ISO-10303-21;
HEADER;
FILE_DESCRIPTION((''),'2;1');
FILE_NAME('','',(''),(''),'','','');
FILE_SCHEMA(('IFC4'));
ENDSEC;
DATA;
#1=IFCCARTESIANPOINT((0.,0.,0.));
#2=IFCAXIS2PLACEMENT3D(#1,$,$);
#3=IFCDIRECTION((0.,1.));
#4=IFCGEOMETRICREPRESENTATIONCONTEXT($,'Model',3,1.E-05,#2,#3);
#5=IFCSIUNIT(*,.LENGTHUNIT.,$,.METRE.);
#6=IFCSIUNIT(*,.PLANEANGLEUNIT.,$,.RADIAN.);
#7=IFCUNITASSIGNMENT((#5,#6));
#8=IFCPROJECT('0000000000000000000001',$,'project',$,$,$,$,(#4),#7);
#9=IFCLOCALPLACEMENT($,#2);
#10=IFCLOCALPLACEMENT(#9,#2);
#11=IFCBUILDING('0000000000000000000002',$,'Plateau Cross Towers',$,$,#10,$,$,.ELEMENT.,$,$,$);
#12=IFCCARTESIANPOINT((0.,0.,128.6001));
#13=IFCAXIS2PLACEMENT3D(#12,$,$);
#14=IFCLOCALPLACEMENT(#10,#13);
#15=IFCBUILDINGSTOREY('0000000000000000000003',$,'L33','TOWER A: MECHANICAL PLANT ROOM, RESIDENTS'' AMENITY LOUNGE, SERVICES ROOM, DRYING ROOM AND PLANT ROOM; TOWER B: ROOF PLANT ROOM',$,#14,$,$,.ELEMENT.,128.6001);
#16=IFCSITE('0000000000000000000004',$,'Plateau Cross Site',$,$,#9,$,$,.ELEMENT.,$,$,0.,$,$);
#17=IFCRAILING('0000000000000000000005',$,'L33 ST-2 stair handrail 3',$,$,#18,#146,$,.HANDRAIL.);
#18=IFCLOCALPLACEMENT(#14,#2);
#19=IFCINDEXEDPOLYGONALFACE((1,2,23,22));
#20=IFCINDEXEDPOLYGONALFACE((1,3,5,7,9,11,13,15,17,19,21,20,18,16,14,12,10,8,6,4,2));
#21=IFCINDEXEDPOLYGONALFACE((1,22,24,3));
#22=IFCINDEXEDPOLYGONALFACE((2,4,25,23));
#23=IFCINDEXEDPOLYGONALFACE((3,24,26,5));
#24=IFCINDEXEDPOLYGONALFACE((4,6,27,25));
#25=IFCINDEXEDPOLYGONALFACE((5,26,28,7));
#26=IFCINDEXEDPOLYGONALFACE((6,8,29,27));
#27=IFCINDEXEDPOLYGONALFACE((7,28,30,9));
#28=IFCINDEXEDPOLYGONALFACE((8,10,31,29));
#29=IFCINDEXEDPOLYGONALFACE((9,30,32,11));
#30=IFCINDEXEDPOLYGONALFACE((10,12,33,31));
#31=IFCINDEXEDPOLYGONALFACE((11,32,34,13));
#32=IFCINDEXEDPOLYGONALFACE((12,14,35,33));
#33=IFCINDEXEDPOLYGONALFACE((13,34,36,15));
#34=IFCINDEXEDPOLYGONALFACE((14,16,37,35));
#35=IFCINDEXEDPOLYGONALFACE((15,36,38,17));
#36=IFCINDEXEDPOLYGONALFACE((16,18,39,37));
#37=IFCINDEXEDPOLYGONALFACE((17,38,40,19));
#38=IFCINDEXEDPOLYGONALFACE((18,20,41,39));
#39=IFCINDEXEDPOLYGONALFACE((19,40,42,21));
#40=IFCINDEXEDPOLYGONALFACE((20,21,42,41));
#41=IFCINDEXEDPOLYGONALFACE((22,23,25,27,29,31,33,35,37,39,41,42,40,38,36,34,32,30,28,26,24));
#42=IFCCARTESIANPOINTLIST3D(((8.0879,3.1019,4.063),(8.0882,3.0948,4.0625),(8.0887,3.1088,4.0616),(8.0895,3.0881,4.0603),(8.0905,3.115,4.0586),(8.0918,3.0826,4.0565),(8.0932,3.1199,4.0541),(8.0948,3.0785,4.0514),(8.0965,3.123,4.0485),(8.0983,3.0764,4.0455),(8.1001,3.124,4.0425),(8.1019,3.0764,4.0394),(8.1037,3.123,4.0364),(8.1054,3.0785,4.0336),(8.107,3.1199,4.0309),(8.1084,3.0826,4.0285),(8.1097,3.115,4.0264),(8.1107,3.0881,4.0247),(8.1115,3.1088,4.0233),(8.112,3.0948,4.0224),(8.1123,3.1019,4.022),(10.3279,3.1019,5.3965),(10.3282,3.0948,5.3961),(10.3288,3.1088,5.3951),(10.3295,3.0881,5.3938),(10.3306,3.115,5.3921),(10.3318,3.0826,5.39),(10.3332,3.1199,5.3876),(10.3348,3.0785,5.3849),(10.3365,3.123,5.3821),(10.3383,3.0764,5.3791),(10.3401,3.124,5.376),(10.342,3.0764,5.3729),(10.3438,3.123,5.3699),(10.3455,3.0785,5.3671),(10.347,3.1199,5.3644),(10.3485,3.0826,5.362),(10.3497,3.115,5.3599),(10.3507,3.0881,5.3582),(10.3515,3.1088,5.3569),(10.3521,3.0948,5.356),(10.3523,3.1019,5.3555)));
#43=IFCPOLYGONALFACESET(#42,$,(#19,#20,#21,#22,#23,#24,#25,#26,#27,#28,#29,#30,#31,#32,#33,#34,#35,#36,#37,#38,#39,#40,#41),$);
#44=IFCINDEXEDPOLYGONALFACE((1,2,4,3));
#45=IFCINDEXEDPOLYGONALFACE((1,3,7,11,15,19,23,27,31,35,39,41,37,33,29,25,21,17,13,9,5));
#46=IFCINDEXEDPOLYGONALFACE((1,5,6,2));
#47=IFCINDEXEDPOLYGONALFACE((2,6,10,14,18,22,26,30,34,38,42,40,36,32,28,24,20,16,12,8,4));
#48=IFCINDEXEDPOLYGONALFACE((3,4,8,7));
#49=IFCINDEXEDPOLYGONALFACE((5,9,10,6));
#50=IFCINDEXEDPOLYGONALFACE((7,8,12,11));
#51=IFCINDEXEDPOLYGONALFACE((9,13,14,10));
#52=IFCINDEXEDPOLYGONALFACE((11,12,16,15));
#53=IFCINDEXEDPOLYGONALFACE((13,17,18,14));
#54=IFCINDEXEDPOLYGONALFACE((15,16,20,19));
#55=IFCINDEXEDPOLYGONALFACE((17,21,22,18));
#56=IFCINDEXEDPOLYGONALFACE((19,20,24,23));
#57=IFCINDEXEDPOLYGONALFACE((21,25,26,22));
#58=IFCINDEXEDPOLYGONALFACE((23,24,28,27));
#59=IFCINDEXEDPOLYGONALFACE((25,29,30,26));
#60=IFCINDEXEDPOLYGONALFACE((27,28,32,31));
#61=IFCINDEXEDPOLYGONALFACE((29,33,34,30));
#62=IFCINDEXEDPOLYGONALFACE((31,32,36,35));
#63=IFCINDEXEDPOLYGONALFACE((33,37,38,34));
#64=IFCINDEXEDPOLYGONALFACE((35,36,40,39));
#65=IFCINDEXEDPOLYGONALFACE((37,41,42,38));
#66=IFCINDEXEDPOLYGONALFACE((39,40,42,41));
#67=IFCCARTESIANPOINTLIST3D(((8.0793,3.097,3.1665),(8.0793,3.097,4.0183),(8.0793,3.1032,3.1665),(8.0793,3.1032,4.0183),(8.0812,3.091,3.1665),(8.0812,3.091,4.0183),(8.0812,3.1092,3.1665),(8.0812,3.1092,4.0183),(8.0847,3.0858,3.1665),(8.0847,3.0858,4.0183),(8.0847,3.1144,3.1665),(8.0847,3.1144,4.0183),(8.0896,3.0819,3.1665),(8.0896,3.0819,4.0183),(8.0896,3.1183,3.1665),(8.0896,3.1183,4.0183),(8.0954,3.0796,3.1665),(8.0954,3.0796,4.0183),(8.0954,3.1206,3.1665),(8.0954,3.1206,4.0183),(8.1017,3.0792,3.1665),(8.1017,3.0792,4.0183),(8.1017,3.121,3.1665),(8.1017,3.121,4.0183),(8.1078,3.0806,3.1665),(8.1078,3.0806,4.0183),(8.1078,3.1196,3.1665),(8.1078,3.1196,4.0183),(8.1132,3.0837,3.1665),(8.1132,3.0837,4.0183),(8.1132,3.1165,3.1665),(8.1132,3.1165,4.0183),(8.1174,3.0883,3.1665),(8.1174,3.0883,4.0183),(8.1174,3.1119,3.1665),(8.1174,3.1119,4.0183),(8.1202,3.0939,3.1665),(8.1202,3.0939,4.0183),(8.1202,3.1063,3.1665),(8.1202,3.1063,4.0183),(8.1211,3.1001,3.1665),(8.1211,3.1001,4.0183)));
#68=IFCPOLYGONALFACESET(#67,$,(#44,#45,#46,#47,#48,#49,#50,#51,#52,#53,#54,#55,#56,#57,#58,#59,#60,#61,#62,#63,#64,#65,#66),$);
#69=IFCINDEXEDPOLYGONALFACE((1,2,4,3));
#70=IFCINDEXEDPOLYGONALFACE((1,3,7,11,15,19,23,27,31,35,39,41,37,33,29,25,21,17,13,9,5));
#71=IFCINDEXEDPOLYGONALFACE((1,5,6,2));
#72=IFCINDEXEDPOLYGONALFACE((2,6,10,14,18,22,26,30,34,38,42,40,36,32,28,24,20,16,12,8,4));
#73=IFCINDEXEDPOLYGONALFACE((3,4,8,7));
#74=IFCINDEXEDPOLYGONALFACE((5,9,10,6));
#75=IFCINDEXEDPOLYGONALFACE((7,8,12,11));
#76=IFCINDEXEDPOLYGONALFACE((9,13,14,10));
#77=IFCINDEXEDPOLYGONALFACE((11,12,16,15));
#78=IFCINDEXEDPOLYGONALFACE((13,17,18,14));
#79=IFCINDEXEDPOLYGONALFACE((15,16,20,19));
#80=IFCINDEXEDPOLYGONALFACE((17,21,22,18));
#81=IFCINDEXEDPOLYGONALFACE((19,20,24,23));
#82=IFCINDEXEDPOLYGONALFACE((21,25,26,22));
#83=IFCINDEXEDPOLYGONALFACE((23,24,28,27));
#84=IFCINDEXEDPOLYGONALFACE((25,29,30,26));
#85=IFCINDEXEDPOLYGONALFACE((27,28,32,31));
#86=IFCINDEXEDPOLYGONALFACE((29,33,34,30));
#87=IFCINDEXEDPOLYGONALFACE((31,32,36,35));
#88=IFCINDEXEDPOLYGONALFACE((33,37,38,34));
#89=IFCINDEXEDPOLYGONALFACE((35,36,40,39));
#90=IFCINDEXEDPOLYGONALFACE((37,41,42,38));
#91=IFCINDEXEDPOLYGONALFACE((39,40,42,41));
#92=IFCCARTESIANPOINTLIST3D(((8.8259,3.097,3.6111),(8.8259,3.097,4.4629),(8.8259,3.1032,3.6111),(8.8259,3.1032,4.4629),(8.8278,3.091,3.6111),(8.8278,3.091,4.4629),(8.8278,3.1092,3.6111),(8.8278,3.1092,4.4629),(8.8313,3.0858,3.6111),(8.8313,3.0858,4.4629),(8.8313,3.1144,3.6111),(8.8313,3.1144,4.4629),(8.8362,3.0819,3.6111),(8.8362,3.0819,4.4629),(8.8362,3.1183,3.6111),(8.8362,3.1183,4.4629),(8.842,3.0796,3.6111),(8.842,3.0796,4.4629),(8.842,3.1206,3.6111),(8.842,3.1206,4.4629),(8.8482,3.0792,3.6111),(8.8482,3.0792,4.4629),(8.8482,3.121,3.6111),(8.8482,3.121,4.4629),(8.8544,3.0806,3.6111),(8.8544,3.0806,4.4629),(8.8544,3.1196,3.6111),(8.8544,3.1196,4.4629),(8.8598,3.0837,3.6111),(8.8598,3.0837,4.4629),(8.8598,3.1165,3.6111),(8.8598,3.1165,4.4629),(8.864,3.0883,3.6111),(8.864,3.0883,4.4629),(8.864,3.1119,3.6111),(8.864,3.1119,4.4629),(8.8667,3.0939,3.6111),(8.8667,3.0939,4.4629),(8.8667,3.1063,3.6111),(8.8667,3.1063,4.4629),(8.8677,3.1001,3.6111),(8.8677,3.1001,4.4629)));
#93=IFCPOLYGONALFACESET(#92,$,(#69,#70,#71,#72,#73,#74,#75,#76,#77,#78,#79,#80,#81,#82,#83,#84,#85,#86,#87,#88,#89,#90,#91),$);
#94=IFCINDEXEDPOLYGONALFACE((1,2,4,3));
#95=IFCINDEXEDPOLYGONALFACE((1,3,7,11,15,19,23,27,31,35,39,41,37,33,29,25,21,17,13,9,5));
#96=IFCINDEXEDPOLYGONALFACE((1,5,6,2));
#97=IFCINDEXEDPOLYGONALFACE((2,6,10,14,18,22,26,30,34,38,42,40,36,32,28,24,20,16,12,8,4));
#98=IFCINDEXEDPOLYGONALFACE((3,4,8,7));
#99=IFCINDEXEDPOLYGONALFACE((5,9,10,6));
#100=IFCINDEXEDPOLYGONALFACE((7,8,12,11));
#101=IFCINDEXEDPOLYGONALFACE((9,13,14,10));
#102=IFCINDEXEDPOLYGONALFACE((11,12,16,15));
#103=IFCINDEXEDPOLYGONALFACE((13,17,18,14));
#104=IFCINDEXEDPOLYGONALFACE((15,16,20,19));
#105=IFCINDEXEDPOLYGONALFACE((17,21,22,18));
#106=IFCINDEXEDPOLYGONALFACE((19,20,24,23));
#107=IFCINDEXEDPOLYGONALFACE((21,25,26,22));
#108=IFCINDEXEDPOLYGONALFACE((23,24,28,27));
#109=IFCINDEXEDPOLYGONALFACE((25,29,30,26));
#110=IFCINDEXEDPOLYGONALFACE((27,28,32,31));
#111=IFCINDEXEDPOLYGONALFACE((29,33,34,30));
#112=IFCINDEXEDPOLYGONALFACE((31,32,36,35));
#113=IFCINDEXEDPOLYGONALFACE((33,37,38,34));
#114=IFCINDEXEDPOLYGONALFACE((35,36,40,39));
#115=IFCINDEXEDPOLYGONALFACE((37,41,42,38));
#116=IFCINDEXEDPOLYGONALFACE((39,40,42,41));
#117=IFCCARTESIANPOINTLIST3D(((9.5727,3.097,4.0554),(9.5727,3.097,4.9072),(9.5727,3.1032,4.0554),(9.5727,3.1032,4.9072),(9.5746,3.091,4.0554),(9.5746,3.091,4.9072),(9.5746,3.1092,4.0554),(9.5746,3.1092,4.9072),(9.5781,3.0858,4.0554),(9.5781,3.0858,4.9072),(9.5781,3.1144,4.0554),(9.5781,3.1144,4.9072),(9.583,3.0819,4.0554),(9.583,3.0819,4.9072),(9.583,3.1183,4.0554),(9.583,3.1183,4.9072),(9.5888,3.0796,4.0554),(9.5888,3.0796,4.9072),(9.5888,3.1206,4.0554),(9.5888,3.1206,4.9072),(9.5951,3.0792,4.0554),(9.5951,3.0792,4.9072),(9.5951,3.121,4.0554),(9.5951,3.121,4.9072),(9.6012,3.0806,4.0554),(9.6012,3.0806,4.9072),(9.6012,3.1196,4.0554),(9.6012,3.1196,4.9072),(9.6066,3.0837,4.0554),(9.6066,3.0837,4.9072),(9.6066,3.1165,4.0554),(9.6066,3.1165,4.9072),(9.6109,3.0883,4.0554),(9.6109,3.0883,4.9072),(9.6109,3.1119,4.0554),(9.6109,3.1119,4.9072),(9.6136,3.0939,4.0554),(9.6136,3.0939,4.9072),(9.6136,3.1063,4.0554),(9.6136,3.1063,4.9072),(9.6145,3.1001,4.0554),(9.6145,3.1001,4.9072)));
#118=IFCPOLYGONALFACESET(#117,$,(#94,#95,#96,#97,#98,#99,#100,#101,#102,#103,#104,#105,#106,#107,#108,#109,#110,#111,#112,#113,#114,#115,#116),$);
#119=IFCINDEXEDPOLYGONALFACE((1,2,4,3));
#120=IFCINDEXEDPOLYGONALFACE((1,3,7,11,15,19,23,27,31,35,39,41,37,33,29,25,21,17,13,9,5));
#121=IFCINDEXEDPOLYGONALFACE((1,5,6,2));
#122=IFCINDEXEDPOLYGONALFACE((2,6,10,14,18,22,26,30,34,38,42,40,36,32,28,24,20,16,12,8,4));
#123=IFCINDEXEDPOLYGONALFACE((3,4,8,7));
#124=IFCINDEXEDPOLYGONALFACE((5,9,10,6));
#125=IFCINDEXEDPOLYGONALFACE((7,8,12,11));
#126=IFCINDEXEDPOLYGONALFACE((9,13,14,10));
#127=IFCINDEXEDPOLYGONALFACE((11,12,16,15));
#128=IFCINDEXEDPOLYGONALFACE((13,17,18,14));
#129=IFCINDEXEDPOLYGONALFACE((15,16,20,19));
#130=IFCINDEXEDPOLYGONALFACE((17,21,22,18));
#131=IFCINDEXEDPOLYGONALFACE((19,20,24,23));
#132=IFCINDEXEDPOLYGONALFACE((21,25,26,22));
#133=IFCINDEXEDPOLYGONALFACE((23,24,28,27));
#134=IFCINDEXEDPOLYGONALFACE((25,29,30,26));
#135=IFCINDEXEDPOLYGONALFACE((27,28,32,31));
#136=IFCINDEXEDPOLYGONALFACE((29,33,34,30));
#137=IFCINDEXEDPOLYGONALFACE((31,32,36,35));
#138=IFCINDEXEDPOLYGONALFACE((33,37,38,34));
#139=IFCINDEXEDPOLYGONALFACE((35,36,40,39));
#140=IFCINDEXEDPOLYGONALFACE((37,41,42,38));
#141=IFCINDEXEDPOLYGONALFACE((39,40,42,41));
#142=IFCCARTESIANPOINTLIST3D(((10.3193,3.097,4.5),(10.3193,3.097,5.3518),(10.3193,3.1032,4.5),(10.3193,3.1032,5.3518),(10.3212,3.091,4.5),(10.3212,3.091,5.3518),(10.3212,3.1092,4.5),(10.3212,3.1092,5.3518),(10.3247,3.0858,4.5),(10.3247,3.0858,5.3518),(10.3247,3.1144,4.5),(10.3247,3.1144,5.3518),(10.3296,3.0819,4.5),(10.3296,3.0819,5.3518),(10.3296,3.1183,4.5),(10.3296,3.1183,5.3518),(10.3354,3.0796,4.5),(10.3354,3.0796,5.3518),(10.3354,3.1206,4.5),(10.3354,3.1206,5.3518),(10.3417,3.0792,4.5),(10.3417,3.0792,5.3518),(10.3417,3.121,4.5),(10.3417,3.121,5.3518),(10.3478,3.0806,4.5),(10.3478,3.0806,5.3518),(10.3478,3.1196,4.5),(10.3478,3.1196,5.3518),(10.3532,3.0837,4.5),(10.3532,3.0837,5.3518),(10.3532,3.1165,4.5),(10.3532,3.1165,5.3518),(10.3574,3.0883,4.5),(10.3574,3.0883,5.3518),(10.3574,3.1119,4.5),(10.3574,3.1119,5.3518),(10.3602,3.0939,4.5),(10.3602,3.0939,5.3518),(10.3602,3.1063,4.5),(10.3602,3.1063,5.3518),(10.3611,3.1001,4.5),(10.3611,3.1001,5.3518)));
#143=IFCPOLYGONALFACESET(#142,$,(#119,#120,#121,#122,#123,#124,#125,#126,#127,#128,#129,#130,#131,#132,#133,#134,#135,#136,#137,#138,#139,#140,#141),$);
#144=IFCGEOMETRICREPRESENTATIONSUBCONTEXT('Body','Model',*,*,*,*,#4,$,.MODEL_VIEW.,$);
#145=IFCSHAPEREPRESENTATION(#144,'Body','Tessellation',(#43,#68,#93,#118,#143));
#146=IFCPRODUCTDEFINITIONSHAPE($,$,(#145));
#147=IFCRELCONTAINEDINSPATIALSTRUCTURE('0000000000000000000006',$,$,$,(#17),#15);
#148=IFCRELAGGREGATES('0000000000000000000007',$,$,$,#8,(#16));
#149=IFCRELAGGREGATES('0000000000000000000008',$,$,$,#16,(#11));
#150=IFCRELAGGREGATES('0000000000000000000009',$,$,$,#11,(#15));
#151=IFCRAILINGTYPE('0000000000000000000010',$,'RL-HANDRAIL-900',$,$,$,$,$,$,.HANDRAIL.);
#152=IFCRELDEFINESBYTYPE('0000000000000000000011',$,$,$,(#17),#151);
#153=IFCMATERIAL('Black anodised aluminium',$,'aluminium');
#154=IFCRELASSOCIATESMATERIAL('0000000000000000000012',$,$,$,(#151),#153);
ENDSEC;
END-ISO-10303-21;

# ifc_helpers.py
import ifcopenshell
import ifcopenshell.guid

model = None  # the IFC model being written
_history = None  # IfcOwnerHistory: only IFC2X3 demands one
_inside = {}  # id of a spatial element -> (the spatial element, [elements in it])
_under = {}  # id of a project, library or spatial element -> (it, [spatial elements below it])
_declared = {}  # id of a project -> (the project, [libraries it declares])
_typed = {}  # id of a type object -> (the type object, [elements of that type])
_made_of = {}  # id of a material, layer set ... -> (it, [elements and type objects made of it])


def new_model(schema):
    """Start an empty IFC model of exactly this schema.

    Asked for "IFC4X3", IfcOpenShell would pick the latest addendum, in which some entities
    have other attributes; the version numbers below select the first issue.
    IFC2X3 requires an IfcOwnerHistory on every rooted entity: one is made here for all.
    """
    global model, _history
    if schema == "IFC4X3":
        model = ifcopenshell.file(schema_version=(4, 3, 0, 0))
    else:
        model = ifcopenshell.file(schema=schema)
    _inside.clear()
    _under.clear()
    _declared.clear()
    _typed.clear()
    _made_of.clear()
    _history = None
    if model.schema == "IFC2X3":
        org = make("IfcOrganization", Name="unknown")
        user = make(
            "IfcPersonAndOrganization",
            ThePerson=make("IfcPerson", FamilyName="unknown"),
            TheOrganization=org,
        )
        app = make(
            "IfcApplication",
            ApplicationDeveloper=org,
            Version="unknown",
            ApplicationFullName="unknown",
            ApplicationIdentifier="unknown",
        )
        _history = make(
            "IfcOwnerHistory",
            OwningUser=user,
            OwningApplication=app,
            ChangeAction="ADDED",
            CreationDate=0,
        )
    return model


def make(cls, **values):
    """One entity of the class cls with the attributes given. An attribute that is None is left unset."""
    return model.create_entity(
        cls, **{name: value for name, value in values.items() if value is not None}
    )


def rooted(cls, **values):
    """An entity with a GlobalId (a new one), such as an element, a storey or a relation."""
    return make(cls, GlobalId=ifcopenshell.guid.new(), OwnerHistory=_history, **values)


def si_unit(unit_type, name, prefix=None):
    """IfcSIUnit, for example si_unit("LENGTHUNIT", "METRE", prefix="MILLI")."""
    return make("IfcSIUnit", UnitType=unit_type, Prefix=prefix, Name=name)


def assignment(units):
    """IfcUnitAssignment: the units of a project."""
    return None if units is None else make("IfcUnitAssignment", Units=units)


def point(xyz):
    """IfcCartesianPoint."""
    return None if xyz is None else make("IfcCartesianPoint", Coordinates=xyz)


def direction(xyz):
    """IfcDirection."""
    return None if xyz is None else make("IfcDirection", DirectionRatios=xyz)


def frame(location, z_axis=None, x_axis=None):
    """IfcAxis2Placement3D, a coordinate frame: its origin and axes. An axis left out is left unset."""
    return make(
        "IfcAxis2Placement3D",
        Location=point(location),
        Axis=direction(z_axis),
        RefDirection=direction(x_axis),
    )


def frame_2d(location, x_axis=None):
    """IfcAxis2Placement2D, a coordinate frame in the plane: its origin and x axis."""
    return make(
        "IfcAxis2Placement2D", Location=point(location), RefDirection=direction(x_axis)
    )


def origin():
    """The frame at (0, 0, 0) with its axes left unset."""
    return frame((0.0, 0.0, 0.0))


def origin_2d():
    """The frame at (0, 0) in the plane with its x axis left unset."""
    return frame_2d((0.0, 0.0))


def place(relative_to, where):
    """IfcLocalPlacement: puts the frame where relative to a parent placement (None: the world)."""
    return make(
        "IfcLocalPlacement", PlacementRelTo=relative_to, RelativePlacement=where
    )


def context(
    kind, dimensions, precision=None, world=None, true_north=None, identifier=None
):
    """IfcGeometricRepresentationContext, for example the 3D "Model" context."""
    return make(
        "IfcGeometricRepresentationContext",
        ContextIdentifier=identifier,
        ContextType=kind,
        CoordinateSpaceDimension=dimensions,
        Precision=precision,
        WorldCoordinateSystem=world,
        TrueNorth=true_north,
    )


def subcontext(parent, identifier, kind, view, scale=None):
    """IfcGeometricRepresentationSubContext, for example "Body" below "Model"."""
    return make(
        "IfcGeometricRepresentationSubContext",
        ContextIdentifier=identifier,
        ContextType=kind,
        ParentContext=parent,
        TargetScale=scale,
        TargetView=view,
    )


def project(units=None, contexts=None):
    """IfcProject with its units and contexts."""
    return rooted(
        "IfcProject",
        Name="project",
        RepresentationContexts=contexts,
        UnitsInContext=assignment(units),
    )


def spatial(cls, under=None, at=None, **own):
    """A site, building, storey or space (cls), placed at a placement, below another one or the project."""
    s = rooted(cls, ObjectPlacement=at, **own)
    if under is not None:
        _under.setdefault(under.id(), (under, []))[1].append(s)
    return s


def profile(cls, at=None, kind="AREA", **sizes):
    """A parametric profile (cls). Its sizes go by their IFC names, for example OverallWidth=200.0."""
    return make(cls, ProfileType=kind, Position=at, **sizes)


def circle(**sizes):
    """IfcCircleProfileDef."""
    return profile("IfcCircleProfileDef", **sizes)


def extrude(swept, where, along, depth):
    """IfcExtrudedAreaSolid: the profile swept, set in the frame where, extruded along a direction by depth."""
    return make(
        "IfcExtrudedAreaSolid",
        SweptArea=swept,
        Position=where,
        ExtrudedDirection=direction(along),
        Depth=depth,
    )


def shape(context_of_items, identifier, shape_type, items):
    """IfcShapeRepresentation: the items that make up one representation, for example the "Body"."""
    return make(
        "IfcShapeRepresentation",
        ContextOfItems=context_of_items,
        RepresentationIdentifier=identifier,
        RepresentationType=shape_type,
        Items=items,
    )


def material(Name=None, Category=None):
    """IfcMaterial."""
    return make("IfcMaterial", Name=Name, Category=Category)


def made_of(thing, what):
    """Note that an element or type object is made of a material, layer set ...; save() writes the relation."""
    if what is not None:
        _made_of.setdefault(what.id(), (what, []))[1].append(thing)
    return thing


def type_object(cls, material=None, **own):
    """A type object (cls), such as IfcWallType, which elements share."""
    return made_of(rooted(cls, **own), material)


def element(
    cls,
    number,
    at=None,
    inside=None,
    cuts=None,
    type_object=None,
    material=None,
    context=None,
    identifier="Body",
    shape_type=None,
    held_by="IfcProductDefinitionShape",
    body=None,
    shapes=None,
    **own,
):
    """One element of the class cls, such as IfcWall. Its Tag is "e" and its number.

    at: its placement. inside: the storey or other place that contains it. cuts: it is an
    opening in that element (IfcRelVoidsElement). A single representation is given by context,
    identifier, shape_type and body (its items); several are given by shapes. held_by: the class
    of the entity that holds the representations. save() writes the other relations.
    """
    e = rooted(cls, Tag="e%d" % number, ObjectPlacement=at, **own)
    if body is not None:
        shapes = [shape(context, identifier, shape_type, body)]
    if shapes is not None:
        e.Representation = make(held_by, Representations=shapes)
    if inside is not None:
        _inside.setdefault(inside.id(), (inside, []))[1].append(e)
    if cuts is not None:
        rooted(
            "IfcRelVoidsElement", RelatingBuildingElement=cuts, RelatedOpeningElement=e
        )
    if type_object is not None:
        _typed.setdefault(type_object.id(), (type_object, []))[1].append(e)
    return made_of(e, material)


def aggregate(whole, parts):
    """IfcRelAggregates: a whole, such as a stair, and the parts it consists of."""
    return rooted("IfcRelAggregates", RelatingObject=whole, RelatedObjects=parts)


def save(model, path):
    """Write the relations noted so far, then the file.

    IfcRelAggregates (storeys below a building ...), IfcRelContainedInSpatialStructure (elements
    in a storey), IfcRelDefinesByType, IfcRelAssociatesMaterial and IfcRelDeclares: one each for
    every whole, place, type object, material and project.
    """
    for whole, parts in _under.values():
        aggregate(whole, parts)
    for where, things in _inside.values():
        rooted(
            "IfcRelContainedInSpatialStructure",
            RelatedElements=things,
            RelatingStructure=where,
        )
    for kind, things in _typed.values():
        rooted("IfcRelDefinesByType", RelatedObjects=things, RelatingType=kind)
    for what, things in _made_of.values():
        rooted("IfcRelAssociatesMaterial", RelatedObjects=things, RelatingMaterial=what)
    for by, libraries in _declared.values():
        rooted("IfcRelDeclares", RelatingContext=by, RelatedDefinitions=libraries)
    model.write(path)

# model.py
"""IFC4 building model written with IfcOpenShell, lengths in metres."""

from ifc_helpers import new_model, si_unit, direction, frame, origin, origin_2d, place, context, subcontext, project, spatial, circle, extrude, material, type_object, element, save


model = new_model("IFC4")

# Units and contexts
model_context = context("Model", 3, precision=1e-05, world=origin(), true_north=direction((0.0, 1.0)))
body_context = subcontext(model_context, "Body", "Model", "MODEL_VIEW")
ifc_project = project(units=[si_unit("LENGTHUNIT", "METRE"), si_unit("PLANEANGLEUNIT", "RADIAN")], contexts=[model_context])

# Site, building, storey
site_placement = place(None, origin())
site = spatial("IfcSite", under=ifc_project, at=site_placement, Name="Plateau Cross Site", CompositionType="ELEMENT", RefElevation=0.0)
building_placement = place(site_placement, origin())
building = spatial("IfcBuilding", under=site, at=building_placement, Name="Plateau Cross Towers", CompositionType="ELEMENT")
storey_placement = place(building_placement, frame((0.0, 0.0, 128.6001)))
storey = spatial("IfcBuildingStorey", under=building, at=storey_placement, Name="L33", Description="TOWER A: MECHANICAL PLANT ROOM, RESIDENTS' AMENITY LOUNGE, SERVICES ROOM, DRYING ROOM AND PLANT ROOM; TOWER B: ROOF PLANT ROOM", CompositionType="ELEMENT", Elevation=128.6001)

# Shared definitions
ifc_material_1 = material(Name="Black anodised aluminium", Category="aluminium")

# Railing
railing_type_1 = type_object("IfcRailingType", Name="RL-HANDRAIL-900", PredefinedType="HANDRAIL", material=ifc_material_1)
for number, where, name in (
    (1, (8.1001, 3.1001, 3.1665), "L33 ST-2 stair handrail 3"),
):
    element("IfcRailing", number, at=place(storey_placement, frame(where)), inside=storey, type_object=railing_type_1, Name=name, PredefinedType="HANDRAIL", context=body_context, shape_type="SweptSolid", body=[
        extrude(circle(Radius=0.0239, at=origin_2d()), frame((0.0, 0.0, 0.876), z_axis=(0.859264, 0.0, 0.511532), x_axis=(0.0, 1.0, 0.0)), (0.0, 0.0, 1.0), 2.6069),
        extrude(circle(Radius=0.021, at=origin_2d()), origin(), (0.0, 0.0, 1.0), 0.8518),
        extrude(circle(Radius=0.021, at=origin_2d()), frame((0.7466, 0.0, 0.4446)), (0.0, 0.0, 1.0), 0.8518),
        extrude(circle(Radius=0.021, at=origin_2d()), frame((1.4934, 0.0, 0.8889)), (0.0, 0.0, 1.0), 0.8518),
        extrude(circle(Radius=0.021, at=origin_2d()), frame((2.24, 0.0, 1.3335)), (0.0, 0.0, 1.0), 0.8518),
    ])

save(model, "model.ifc")
